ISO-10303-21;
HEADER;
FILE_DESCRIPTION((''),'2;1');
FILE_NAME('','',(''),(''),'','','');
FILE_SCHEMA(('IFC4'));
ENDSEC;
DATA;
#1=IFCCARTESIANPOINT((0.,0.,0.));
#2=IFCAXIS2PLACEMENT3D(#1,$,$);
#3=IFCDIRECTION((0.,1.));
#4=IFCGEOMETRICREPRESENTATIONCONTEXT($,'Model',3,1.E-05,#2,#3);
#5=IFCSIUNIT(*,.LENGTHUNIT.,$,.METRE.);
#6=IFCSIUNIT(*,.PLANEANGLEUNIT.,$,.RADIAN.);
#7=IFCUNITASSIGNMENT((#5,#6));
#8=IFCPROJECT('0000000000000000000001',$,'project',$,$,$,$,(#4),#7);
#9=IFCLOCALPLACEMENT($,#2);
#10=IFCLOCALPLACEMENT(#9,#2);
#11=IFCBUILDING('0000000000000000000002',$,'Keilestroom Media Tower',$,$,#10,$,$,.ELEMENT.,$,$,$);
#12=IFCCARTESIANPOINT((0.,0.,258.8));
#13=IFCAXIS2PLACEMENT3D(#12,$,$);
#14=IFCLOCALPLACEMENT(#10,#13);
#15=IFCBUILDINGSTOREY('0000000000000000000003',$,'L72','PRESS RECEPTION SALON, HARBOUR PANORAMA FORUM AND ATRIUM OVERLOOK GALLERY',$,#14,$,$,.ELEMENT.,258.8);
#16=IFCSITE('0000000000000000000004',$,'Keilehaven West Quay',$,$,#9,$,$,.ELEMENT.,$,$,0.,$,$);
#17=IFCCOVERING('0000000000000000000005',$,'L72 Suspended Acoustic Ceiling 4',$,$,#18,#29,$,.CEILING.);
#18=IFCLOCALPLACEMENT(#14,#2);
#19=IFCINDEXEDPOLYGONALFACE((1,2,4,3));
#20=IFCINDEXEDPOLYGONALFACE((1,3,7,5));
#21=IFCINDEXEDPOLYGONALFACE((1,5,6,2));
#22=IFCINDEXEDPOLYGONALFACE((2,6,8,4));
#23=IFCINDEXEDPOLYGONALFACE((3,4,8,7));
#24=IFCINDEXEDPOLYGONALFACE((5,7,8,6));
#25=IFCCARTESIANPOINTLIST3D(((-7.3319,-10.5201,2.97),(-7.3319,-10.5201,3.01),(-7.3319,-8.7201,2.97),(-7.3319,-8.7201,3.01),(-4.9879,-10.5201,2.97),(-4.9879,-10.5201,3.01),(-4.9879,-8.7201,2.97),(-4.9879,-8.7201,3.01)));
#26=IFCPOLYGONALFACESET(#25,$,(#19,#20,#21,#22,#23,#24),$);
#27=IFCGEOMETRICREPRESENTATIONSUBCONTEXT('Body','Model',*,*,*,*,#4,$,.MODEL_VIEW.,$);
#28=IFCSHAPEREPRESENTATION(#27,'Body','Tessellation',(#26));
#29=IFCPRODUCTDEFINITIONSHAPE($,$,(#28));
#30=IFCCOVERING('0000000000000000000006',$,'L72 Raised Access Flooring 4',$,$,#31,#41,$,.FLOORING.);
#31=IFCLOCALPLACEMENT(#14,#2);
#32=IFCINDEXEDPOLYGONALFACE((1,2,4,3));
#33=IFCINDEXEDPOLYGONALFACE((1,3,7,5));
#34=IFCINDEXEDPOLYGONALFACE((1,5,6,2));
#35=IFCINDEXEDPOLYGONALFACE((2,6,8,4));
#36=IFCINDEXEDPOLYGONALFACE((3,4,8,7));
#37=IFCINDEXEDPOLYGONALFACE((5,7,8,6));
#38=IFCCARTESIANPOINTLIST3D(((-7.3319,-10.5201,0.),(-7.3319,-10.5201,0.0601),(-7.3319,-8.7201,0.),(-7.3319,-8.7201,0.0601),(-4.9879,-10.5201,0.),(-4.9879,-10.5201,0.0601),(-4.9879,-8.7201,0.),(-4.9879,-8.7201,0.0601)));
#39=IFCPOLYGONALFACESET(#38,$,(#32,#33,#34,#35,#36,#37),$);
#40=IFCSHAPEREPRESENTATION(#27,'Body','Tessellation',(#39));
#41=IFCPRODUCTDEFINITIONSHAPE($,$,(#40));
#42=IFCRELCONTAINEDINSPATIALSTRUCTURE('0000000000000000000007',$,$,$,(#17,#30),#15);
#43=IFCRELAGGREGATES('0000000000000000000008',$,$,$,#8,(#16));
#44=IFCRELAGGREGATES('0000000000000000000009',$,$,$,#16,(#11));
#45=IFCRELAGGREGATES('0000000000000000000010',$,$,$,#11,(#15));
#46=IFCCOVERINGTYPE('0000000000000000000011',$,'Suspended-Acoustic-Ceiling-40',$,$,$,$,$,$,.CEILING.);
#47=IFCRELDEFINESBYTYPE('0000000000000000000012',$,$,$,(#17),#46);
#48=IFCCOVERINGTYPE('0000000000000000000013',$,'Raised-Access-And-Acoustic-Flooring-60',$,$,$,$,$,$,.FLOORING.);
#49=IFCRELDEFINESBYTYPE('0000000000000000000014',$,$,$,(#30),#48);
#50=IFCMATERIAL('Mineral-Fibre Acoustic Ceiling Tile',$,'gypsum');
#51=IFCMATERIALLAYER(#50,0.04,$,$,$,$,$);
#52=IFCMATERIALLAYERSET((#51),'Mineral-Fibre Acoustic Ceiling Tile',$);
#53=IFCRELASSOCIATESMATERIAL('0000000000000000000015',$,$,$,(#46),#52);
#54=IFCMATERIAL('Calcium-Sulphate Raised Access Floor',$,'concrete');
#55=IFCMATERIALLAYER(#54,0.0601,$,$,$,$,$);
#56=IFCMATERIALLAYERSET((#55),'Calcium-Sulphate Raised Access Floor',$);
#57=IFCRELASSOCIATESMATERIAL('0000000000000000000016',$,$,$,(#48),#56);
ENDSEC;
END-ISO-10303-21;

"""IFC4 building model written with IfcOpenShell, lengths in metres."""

from ifc_helpers import new_model, si_unit, direction, frame, origin, origin_2d, place, context, subcontext, project, spatial, rectangle, extrude, source, transform, mapped, material, layer, layer_set, type_object, element, save


model = new_model("IFC4")

# Units and contexts
model_context = context("Model", 3, precision=1e-05, world=origin(), true_north=direction((0.0, 1.0)))
body_context = subcontext(model_context, "Body", "Model", "MODEL_VIEW")
ifc_project = project(units=[si_unit("LENGTHUNIT", "METRE"), si_unit("PLANEANGLEUNIT", "RADIAN")], contexts=[model_context])

# Site, building, storey
site_placement = place(None, origin())
site = spatial("IfcSite", under=ifc_project, at=site_placement, Name="Keilehaven West Quay", CompositionType="ELEMENT", RefElevation=0.0)
building_placement = place(site_placement, origin())
building = spatial("IfcBuilding", under=site, at=building_placement, Name="Keilestroom Media Tower", CompositionType="ELEMENT")
storey_placement = place(building_placement, frame((0.0, 0.0, 258.8)))
storey = spatial("IfcBuildingStorey", under=building, at=storey_placement, Name="L72", Description="PRESS RECEPTION SALON, HARBOUR PANORAMA FORUM AND ATRIUM OVERLOOK GALLERY", CompositionType="ELEMENT", Elevation=258.8)

# Coverings
ifc_material_1 = material(Name="Mineral-Fibre Acoustic Ceiling Tile", Category="gypsum")
ifc_layer_1 = layer(ifc_material_1, 0.04)
ifc_layer_set_1 = layer_set([ifc_layer_1], Name="Mineral-Fibre Acoustic Ceiling Tile")
covering_type_1 = type_object("IfcCoveringType", Name="Suspended-Acoustic-Ceiling-40", PredefinedType="CEILING", material=ifc_layer_set_1)
shared_shape_1 = source(origin(), body_context, "Body", "SweptSolid", [
    extrude(rectangle(XDim=2.344, YDim=1.8, at=origin_2d()), origin(), (0.0, 0.0, 1.0), 0.04),
])
covering_1_placement = place(storey_placement, frame((-6.1599, -9.6201, 2.97), z_axis=(0.0, 0.0, 1.0), x_axis=(1.0, 0.0, 0.0)))
element("IfcCovering", 1, at=covering_1_placement, inside=storey, type_object=covering_type_1, Name="L72 Suspended Acoustic Ceiling 4", PredefinedType="CEILING", context=body_context, shape_type="MappedRepresentation", body=[
    mapped(shared_shape_1, transform((0.0, 0.0, 0.0), x_axis=(1.0, 0.0, 0.0), y_axis=(0.0, 1.0, 0.0), z_axis=(0.0, 0.0, 1.0), scale=1.0)),
])
ifc_material_2 = material(Name="Calcium-Sulphate Raised Access Floor", Category="concrete")
ifc_layer_2 = layer(ifc_material_2, 0.0601)
ifc_layer_set_2 = layer_set([ifc_layer_2], Name="Calcium-Sulphate Raised Access Floor")
covering_type_2 = type_object("IfcCoveringType", Name="Raised-Access-And-Acoustic-Flooring-60", PredefinedType="FLOORING", material=ifc_layer_set_2)
shared_shape_2 = source(origin(), body_context, "Body", "SweptSolid", [
    extrude(rectangle(XDim=2.344, YDim=1.8, at=origin_2d()), origin(), (0.0, 0.0, 1.0), 0.0601),
])
covering_2_placement = place(storey_placement, frame((-6.1599, -9.6201, 0.0), z_axis=(0.0, 0.0, 1.0), x_axis=(1.0, 0.0, 0.0)))
element("IfcCovering", 2, at=covering_2_placement, inside=storey, type_object=covering_type_2, Name="L72 Raised Access Flooring 4", PredefinedType="FLOORING", context=body_context, shape_type="MappedRepresentation", body=[
    mapped(shared_shape_2, transform((0.0, 0.0, 0.0), x_axis=(1.0, 0.0, 0.0), y_axis=(0.0, 1.0, 0.0), z_axis=(0.0, 0.0, 1.0), scale=1.0)),
])

save(model, "model.ifc")
